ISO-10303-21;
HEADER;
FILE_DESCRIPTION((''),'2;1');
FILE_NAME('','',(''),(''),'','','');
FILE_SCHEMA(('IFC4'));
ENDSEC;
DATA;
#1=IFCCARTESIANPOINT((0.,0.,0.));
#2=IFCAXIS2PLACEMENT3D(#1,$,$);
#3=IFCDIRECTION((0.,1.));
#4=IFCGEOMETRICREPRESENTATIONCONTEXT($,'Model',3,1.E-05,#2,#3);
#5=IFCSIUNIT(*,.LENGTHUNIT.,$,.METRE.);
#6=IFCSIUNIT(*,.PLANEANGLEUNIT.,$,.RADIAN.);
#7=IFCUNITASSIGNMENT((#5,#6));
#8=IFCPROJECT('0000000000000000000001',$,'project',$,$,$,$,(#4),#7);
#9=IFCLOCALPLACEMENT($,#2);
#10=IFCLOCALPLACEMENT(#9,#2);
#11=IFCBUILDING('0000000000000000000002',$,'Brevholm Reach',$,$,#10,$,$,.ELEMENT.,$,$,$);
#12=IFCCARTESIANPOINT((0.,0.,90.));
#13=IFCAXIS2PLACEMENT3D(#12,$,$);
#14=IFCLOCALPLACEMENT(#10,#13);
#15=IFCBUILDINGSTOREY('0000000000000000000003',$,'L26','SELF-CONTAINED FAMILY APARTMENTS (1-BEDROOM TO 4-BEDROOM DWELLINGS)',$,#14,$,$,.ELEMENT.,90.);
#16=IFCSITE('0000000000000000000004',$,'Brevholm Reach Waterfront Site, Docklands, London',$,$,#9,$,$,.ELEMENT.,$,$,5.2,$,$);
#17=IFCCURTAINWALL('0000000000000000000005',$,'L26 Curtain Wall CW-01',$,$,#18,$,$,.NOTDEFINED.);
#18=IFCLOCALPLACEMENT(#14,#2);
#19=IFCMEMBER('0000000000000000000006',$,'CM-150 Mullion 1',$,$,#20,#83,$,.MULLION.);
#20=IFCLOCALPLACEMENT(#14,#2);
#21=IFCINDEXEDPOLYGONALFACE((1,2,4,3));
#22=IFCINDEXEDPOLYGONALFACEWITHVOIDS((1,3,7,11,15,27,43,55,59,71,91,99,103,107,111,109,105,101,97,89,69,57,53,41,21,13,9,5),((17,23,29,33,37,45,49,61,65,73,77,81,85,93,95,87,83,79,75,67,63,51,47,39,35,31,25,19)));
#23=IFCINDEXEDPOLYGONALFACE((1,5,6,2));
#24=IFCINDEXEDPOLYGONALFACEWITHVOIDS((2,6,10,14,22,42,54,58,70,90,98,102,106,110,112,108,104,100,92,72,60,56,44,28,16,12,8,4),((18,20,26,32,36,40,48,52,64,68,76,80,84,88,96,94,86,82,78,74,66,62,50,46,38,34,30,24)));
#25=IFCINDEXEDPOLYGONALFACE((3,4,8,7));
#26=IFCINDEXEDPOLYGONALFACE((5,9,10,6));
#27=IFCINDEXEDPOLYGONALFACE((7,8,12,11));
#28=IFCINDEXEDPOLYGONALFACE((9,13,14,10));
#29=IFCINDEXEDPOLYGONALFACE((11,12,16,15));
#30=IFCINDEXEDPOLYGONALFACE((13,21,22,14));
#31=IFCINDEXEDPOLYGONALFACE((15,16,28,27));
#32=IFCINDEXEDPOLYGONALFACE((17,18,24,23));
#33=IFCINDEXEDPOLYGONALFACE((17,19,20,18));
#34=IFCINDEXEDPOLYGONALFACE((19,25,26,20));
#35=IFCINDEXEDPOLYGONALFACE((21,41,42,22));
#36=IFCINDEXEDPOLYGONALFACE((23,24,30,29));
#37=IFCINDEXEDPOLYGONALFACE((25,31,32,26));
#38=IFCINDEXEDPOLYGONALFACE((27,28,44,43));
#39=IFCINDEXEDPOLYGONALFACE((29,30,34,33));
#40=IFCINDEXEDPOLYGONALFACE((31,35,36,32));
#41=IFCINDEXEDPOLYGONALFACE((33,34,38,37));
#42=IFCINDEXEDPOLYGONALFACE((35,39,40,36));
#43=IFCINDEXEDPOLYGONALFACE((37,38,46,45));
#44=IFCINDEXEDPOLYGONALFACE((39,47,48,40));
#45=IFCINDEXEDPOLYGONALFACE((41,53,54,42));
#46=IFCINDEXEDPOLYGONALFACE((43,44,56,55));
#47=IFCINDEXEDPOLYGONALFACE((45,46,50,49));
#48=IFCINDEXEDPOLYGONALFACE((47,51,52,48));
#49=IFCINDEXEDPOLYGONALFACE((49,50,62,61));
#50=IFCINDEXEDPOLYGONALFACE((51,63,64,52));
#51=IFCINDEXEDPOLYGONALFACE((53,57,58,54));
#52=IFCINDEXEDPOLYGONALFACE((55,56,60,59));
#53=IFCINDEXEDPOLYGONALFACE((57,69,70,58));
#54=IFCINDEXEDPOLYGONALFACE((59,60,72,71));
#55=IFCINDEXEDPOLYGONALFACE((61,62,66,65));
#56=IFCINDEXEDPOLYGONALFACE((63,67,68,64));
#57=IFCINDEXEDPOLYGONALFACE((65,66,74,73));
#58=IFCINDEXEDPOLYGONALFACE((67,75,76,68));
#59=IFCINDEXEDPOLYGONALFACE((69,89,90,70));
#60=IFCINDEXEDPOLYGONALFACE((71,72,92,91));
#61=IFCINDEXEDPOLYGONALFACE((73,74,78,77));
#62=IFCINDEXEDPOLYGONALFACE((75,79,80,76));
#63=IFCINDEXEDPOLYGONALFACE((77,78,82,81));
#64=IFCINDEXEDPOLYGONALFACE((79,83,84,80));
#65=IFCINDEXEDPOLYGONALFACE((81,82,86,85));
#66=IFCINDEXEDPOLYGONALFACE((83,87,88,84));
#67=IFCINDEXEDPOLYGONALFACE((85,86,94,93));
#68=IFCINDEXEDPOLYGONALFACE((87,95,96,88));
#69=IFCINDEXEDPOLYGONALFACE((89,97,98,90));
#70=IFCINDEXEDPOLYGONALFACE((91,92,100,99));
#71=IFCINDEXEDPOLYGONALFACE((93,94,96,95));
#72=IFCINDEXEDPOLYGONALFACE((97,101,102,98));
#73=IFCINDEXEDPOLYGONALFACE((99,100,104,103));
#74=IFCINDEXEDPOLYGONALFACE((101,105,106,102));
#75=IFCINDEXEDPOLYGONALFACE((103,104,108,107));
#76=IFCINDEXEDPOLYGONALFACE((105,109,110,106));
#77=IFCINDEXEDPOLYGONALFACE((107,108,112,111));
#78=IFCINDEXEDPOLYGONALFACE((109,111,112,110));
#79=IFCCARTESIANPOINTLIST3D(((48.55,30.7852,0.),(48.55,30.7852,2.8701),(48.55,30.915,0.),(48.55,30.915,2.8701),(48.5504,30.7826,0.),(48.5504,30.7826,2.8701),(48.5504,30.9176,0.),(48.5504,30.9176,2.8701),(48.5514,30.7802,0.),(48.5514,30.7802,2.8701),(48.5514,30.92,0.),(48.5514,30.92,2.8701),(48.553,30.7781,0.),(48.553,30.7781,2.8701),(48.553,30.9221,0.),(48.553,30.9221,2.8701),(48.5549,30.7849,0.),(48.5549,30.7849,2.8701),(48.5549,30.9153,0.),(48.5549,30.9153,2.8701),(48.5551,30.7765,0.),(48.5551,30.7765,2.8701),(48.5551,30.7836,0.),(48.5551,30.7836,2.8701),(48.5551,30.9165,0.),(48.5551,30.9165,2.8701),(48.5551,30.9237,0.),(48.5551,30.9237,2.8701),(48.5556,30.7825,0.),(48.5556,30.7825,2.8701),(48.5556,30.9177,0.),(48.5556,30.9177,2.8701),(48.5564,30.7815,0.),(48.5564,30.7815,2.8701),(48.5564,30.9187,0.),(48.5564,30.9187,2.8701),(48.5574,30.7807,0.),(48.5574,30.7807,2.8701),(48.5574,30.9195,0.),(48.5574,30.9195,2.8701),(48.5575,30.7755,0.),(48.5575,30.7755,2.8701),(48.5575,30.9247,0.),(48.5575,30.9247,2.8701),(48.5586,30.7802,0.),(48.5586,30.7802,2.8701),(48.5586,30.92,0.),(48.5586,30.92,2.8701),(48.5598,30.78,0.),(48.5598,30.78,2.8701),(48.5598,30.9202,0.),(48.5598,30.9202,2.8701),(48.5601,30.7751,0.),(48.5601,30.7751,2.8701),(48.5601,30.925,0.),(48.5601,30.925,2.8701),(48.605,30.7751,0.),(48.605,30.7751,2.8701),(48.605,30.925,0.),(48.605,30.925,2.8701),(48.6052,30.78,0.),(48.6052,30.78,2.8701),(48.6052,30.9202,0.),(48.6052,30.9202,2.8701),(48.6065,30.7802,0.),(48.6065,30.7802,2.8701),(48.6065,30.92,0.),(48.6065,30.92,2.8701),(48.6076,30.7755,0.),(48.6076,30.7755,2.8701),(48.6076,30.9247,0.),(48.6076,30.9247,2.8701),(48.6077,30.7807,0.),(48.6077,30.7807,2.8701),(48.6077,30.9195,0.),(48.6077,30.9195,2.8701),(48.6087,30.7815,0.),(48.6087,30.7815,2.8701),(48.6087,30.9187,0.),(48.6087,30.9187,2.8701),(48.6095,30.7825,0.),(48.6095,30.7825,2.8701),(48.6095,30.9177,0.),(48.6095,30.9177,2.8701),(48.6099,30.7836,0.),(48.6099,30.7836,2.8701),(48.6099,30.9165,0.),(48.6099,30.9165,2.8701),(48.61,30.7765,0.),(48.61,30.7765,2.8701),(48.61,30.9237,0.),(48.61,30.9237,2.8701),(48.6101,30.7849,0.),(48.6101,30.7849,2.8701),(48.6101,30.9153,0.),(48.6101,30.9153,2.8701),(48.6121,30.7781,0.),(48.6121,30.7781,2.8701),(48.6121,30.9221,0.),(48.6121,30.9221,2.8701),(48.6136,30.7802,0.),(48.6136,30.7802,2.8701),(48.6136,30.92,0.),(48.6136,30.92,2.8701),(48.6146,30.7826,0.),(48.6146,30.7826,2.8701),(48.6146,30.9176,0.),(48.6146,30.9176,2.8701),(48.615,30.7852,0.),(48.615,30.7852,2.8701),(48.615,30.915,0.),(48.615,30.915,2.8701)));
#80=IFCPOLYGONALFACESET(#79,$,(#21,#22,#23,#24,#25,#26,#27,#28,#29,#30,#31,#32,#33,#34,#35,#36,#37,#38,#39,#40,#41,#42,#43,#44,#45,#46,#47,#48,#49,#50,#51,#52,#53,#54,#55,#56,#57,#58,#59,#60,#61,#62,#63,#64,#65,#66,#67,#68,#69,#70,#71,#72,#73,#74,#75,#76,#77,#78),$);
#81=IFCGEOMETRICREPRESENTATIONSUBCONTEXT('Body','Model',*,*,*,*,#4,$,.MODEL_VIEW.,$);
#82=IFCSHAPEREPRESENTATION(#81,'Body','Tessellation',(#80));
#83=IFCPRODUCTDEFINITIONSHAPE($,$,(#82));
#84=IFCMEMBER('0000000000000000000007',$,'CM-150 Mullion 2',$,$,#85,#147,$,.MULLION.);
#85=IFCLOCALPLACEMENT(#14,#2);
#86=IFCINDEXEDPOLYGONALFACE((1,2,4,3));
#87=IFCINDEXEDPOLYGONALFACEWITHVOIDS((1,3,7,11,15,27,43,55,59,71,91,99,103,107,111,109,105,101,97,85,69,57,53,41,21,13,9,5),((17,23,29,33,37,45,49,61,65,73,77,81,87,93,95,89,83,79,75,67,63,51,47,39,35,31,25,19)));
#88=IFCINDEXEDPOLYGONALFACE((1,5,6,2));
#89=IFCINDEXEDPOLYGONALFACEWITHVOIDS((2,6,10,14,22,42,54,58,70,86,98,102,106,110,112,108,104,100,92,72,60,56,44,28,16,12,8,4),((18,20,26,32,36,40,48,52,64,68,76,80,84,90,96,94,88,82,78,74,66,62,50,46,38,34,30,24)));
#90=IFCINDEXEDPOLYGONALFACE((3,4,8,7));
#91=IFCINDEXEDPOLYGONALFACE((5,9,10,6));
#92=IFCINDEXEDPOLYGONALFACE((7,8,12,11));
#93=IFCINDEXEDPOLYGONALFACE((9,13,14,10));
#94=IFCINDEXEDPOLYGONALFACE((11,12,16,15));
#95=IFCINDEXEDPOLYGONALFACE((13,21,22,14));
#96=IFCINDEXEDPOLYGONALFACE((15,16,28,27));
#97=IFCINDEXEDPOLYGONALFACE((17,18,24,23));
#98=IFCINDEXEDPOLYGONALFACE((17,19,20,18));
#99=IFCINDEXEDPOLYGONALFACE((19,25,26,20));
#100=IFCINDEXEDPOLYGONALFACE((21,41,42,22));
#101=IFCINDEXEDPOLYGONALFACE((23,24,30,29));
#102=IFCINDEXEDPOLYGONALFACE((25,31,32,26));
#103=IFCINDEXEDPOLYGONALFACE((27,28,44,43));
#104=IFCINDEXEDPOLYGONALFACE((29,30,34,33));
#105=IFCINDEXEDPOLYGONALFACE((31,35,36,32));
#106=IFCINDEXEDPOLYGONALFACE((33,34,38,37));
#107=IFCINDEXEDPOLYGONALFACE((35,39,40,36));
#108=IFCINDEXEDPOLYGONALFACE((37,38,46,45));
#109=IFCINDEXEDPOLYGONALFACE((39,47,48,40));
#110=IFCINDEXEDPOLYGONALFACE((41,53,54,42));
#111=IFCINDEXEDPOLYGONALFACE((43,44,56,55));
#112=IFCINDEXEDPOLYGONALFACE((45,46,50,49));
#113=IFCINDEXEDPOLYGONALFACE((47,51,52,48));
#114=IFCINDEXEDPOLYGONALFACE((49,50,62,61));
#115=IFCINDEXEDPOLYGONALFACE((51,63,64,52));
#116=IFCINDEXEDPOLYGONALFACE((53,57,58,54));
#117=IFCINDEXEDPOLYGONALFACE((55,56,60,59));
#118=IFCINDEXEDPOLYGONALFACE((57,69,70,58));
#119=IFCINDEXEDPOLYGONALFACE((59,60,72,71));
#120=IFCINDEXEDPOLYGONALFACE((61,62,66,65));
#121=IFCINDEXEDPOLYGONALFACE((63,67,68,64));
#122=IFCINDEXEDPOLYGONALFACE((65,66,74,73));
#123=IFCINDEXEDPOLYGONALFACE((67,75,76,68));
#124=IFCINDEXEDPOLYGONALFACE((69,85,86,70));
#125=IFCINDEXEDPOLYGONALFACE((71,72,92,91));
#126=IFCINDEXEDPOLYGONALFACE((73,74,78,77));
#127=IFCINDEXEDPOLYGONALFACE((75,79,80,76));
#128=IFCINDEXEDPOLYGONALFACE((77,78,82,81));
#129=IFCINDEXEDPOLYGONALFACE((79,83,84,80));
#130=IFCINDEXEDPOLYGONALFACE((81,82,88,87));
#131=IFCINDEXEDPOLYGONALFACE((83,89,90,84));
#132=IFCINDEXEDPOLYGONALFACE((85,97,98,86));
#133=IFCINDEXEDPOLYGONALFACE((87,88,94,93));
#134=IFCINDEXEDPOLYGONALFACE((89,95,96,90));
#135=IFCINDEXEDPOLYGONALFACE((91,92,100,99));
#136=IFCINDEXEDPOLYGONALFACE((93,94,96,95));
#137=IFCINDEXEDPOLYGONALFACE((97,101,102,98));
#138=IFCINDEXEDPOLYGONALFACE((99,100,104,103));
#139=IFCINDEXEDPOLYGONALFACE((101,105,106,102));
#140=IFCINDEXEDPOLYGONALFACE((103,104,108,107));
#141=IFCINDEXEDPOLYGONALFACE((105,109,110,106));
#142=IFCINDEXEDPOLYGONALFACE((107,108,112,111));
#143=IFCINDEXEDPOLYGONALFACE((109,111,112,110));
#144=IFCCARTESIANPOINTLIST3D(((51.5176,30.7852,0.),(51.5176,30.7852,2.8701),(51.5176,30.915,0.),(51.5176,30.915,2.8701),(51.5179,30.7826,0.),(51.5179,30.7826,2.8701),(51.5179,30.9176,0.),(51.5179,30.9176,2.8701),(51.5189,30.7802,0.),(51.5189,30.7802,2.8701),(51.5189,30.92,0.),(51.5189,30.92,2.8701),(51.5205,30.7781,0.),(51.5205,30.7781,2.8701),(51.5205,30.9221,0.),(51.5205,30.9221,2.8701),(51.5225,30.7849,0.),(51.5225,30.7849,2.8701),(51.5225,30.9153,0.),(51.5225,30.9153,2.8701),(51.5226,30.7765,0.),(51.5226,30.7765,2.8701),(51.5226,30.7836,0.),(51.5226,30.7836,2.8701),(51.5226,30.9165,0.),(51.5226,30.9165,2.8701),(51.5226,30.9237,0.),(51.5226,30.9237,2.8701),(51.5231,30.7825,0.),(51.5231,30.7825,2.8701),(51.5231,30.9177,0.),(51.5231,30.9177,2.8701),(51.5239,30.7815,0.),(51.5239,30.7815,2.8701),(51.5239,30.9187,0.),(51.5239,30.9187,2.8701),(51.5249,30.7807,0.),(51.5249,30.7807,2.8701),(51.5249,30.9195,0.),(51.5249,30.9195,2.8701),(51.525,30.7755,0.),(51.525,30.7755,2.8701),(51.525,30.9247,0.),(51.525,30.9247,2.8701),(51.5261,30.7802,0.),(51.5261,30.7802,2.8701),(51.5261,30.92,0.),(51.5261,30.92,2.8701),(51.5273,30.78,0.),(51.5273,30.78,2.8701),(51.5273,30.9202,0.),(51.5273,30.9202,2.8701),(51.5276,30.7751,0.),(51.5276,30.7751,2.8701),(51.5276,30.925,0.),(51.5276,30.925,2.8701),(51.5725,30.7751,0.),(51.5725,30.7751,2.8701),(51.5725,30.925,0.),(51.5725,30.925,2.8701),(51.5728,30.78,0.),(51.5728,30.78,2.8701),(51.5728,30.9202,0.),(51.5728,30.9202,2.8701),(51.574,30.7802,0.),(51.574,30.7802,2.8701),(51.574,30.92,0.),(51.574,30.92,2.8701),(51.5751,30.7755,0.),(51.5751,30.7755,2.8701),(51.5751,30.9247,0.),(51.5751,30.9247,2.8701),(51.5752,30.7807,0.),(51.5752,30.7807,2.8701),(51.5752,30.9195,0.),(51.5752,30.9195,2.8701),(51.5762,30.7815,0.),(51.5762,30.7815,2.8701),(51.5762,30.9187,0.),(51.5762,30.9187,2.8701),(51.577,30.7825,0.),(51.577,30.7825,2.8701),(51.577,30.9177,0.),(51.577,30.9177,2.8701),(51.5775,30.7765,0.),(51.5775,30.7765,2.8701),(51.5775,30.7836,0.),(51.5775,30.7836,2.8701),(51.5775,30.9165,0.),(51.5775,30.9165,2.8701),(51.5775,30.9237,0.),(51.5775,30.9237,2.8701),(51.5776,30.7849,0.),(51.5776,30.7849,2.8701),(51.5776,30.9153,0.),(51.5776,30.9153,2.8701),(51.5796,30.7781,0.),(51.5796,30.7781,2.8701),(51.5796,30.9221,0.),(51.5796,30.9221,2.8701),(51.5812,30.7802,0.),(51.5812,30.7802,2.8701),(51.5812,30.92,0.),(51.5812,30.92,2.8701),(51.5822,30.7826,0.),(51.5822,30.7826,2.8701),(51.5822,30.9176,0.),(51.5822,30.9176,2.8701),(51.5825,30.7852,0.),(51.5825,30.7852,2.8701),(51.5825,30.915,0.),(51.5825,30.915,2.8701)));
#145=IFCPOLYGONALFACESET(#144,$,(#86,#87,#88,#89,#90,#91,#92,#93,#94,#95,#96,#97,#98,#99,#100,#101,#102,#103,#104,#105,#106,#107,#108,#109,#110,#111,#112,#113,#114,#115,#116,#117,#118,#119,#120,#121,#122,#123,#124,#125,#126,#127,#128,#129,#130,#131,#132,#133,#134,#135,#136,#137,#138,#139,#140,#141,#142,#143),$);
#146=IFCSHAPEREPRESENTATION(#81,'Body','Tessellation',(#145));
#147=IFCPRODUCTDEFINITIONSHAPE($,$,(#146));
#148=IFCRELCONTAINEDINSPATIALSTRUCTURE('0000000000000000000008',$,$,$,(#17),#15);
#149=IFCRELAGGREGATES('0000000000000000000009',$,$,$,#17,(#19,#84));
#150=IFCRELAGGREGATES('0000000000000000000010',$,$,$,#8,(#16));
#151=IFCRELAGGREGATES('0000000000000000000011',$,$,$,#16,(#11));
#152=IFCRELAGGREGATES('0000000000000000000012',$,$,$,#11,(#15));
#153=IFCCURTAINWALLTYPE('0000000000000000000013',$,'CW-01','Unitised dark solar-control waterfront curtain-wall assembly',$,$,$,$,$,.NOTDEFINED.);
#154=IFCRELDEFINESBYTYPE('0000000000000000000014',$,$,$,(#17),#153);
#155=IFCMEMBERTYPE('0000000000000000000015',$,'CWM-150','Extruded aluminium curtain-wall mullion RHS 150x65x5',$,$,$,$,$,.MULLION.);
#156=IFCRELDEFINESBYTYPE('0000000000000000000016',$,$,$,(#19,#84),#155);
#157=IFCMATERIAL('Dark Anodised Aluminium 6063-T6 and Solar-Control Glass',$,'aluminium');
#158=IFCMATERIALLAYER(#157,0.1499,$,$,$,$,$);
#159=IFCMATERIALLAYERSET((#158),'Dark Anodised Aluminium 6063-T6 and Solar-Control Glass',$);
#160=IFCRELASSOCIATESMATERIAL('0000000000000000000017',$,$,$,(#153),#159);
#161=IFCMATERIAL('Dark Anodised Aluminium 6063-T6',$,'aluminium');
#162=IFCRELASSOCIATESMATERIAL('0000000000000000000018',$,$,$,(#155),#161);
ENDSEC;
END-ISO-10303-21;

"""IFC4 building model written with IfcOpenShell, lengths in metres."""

from ifc_helpers import new_model, si_unit, direction, frame, origin, origin_2d, place, context, subcontext, project, spatial, hollow_rectangle, extrude, material, layer, layer_set, material_profile, profile_set, type_object, element, aggregate, save


model = new_model("IFC4")

# Units and contexts
model_context = context("Model", 3, precision=1e-05, world=origin(), true_north=direction((0.0, 1.0)))
body_context = subcontext(model_context, "Body", "Model", "MODEL_VIEW")
ifc_project = project(units=[si_unit("LENGTHUNIT", "METRE"), si_unit("PLANEANGLEUNIT", "RADIAN")], contexts=[model_context])

# Site, building, storey
site_placement = place(None, origin())
site = spatial("IfcSite", under=ifc_project, at=site_placement, Name="Brevholm Reach Waterfront Site, Docklands, London", CompositionType="ELEMENT", RefElevation=5.2)
building_placement = place(site_placement, origin())
building = spatial("IfcBuilding", under=site, at=building_placement, Name="Brevholm Reach", CompositionType="ELEMENT")
storey_placement = place(building_placement, frame((0.0, 0.0, 90.0)))
storey = spatial("IfcBuildingStorey", under=building, at=storey_placement, Name="L26", Description="SELF-CONTAINED FAMILY APARTMENTS (1-BEDROOM TO 4-BEDROOM DWELLINGS)", CompositionType="ELEMENT", Elevation=90.0)

# Curtain wall, members
ifc_material_1 = material(Name="Dark Anodised Aluminium 6063-T6 and Solar-Control Glass", Category="aluminium")
ifc_layer_1 = layer(ifc_material_1, 0.1499)
ifc_layer_set_1 = layer_set([ifc_layer_1], Name="Dark Anodised Aluminium 6063-T6 and Solar-Control Glass")
curtain_wall_type = type_object("IfcCurtainWallType", Name="CW-01", Description="Unitised dark solar-control waterfront curtain-wall assembly", PredefinedType="NOTDEFINED", material=ifc_layer_set_1)
curtain_wall_placement = place(storey_placement, origin())
curtain_wall = element("IfcCurtainWall", 1, at=curtain_wall_placement, inside=storey, type_object=curtain_wall_type, Name="L26 Curtain Wall CW-01", PredefinedType="NOTDEFINED")
ifc_material_2 = material(Name="Dark Anodised Aluminium 6063-T6", Category="aluminium")
ifc_material_profile_1 = material_profile(ifc_material_2, hollow_rectangle(XDim=0.0649, YDim=0.1499, WallThickness=0.0049, InnerFilletRadius=0.0049, OuterFilletRadius=0.01, at=origin_2d()), Name="RHS 150x65x5")
ifc_profile_set_1 = profile_set([ifc_material_profile_1], Name="Dark Anodised Aluminium 6063-T6")
member_type_1 = type_object("IfcMemberType", Name="CWM-150", Description="Extruded aluminium curtain-wall mullion RHS 150x65x5", PredefinedType="MULLION", material=ifc_profile_set_1)
member_1_placement = place(storey_placement, frame((48.5825, 30.8501, 0.0), z_axis=(0.0, 0.0, 1.0), x_axis=(1.0, 0.0, 0.0)))
member_1 = element("IfcMember", 2, at=member_1_placement, type_object=member_type_1, Name="CM-150 Mullion 1", PredefinedType="MULLION", context=body_context, shape_type="SweptSolid", body=[
    extrude(hollow_rectangle(XDim=0.0649, YDim=0.1499, WallThickness=0.0049, InnerFilletRadius=0.0049, OuterFilletRadius=0.01, at=origin_2d()), origin(), (0.0, 0.0, 1.0), 2.8701),
])
member_2_placement = place(storey_placement, frame((51.55, 30.8501, 0.0), z_axis=(0.0, 0.0, 1.0), x_axis=(1.0, 0.0, 0.0)))
member_2 = element("IfcMember", 3, at=member_2_placement, type_object=member_type_1, Name="CM-150 Mullion 2", PredefinedType="MULLION", context=body_context, shape_type="SweptSolid", body=[
    extrude(hollow_rectangle(XDim=0.0649, YDim=0.1499, WallThickness=0.0049, InnerFilletRadius=0.0049, OuterFilletRadius=0.01, at=origin_2d()), origin(), (0.0, 0.0, 1.0), 2.8701),
])
aggregate(curtain_wall, [member_1, member_2])

save(model, "model.ifc")
